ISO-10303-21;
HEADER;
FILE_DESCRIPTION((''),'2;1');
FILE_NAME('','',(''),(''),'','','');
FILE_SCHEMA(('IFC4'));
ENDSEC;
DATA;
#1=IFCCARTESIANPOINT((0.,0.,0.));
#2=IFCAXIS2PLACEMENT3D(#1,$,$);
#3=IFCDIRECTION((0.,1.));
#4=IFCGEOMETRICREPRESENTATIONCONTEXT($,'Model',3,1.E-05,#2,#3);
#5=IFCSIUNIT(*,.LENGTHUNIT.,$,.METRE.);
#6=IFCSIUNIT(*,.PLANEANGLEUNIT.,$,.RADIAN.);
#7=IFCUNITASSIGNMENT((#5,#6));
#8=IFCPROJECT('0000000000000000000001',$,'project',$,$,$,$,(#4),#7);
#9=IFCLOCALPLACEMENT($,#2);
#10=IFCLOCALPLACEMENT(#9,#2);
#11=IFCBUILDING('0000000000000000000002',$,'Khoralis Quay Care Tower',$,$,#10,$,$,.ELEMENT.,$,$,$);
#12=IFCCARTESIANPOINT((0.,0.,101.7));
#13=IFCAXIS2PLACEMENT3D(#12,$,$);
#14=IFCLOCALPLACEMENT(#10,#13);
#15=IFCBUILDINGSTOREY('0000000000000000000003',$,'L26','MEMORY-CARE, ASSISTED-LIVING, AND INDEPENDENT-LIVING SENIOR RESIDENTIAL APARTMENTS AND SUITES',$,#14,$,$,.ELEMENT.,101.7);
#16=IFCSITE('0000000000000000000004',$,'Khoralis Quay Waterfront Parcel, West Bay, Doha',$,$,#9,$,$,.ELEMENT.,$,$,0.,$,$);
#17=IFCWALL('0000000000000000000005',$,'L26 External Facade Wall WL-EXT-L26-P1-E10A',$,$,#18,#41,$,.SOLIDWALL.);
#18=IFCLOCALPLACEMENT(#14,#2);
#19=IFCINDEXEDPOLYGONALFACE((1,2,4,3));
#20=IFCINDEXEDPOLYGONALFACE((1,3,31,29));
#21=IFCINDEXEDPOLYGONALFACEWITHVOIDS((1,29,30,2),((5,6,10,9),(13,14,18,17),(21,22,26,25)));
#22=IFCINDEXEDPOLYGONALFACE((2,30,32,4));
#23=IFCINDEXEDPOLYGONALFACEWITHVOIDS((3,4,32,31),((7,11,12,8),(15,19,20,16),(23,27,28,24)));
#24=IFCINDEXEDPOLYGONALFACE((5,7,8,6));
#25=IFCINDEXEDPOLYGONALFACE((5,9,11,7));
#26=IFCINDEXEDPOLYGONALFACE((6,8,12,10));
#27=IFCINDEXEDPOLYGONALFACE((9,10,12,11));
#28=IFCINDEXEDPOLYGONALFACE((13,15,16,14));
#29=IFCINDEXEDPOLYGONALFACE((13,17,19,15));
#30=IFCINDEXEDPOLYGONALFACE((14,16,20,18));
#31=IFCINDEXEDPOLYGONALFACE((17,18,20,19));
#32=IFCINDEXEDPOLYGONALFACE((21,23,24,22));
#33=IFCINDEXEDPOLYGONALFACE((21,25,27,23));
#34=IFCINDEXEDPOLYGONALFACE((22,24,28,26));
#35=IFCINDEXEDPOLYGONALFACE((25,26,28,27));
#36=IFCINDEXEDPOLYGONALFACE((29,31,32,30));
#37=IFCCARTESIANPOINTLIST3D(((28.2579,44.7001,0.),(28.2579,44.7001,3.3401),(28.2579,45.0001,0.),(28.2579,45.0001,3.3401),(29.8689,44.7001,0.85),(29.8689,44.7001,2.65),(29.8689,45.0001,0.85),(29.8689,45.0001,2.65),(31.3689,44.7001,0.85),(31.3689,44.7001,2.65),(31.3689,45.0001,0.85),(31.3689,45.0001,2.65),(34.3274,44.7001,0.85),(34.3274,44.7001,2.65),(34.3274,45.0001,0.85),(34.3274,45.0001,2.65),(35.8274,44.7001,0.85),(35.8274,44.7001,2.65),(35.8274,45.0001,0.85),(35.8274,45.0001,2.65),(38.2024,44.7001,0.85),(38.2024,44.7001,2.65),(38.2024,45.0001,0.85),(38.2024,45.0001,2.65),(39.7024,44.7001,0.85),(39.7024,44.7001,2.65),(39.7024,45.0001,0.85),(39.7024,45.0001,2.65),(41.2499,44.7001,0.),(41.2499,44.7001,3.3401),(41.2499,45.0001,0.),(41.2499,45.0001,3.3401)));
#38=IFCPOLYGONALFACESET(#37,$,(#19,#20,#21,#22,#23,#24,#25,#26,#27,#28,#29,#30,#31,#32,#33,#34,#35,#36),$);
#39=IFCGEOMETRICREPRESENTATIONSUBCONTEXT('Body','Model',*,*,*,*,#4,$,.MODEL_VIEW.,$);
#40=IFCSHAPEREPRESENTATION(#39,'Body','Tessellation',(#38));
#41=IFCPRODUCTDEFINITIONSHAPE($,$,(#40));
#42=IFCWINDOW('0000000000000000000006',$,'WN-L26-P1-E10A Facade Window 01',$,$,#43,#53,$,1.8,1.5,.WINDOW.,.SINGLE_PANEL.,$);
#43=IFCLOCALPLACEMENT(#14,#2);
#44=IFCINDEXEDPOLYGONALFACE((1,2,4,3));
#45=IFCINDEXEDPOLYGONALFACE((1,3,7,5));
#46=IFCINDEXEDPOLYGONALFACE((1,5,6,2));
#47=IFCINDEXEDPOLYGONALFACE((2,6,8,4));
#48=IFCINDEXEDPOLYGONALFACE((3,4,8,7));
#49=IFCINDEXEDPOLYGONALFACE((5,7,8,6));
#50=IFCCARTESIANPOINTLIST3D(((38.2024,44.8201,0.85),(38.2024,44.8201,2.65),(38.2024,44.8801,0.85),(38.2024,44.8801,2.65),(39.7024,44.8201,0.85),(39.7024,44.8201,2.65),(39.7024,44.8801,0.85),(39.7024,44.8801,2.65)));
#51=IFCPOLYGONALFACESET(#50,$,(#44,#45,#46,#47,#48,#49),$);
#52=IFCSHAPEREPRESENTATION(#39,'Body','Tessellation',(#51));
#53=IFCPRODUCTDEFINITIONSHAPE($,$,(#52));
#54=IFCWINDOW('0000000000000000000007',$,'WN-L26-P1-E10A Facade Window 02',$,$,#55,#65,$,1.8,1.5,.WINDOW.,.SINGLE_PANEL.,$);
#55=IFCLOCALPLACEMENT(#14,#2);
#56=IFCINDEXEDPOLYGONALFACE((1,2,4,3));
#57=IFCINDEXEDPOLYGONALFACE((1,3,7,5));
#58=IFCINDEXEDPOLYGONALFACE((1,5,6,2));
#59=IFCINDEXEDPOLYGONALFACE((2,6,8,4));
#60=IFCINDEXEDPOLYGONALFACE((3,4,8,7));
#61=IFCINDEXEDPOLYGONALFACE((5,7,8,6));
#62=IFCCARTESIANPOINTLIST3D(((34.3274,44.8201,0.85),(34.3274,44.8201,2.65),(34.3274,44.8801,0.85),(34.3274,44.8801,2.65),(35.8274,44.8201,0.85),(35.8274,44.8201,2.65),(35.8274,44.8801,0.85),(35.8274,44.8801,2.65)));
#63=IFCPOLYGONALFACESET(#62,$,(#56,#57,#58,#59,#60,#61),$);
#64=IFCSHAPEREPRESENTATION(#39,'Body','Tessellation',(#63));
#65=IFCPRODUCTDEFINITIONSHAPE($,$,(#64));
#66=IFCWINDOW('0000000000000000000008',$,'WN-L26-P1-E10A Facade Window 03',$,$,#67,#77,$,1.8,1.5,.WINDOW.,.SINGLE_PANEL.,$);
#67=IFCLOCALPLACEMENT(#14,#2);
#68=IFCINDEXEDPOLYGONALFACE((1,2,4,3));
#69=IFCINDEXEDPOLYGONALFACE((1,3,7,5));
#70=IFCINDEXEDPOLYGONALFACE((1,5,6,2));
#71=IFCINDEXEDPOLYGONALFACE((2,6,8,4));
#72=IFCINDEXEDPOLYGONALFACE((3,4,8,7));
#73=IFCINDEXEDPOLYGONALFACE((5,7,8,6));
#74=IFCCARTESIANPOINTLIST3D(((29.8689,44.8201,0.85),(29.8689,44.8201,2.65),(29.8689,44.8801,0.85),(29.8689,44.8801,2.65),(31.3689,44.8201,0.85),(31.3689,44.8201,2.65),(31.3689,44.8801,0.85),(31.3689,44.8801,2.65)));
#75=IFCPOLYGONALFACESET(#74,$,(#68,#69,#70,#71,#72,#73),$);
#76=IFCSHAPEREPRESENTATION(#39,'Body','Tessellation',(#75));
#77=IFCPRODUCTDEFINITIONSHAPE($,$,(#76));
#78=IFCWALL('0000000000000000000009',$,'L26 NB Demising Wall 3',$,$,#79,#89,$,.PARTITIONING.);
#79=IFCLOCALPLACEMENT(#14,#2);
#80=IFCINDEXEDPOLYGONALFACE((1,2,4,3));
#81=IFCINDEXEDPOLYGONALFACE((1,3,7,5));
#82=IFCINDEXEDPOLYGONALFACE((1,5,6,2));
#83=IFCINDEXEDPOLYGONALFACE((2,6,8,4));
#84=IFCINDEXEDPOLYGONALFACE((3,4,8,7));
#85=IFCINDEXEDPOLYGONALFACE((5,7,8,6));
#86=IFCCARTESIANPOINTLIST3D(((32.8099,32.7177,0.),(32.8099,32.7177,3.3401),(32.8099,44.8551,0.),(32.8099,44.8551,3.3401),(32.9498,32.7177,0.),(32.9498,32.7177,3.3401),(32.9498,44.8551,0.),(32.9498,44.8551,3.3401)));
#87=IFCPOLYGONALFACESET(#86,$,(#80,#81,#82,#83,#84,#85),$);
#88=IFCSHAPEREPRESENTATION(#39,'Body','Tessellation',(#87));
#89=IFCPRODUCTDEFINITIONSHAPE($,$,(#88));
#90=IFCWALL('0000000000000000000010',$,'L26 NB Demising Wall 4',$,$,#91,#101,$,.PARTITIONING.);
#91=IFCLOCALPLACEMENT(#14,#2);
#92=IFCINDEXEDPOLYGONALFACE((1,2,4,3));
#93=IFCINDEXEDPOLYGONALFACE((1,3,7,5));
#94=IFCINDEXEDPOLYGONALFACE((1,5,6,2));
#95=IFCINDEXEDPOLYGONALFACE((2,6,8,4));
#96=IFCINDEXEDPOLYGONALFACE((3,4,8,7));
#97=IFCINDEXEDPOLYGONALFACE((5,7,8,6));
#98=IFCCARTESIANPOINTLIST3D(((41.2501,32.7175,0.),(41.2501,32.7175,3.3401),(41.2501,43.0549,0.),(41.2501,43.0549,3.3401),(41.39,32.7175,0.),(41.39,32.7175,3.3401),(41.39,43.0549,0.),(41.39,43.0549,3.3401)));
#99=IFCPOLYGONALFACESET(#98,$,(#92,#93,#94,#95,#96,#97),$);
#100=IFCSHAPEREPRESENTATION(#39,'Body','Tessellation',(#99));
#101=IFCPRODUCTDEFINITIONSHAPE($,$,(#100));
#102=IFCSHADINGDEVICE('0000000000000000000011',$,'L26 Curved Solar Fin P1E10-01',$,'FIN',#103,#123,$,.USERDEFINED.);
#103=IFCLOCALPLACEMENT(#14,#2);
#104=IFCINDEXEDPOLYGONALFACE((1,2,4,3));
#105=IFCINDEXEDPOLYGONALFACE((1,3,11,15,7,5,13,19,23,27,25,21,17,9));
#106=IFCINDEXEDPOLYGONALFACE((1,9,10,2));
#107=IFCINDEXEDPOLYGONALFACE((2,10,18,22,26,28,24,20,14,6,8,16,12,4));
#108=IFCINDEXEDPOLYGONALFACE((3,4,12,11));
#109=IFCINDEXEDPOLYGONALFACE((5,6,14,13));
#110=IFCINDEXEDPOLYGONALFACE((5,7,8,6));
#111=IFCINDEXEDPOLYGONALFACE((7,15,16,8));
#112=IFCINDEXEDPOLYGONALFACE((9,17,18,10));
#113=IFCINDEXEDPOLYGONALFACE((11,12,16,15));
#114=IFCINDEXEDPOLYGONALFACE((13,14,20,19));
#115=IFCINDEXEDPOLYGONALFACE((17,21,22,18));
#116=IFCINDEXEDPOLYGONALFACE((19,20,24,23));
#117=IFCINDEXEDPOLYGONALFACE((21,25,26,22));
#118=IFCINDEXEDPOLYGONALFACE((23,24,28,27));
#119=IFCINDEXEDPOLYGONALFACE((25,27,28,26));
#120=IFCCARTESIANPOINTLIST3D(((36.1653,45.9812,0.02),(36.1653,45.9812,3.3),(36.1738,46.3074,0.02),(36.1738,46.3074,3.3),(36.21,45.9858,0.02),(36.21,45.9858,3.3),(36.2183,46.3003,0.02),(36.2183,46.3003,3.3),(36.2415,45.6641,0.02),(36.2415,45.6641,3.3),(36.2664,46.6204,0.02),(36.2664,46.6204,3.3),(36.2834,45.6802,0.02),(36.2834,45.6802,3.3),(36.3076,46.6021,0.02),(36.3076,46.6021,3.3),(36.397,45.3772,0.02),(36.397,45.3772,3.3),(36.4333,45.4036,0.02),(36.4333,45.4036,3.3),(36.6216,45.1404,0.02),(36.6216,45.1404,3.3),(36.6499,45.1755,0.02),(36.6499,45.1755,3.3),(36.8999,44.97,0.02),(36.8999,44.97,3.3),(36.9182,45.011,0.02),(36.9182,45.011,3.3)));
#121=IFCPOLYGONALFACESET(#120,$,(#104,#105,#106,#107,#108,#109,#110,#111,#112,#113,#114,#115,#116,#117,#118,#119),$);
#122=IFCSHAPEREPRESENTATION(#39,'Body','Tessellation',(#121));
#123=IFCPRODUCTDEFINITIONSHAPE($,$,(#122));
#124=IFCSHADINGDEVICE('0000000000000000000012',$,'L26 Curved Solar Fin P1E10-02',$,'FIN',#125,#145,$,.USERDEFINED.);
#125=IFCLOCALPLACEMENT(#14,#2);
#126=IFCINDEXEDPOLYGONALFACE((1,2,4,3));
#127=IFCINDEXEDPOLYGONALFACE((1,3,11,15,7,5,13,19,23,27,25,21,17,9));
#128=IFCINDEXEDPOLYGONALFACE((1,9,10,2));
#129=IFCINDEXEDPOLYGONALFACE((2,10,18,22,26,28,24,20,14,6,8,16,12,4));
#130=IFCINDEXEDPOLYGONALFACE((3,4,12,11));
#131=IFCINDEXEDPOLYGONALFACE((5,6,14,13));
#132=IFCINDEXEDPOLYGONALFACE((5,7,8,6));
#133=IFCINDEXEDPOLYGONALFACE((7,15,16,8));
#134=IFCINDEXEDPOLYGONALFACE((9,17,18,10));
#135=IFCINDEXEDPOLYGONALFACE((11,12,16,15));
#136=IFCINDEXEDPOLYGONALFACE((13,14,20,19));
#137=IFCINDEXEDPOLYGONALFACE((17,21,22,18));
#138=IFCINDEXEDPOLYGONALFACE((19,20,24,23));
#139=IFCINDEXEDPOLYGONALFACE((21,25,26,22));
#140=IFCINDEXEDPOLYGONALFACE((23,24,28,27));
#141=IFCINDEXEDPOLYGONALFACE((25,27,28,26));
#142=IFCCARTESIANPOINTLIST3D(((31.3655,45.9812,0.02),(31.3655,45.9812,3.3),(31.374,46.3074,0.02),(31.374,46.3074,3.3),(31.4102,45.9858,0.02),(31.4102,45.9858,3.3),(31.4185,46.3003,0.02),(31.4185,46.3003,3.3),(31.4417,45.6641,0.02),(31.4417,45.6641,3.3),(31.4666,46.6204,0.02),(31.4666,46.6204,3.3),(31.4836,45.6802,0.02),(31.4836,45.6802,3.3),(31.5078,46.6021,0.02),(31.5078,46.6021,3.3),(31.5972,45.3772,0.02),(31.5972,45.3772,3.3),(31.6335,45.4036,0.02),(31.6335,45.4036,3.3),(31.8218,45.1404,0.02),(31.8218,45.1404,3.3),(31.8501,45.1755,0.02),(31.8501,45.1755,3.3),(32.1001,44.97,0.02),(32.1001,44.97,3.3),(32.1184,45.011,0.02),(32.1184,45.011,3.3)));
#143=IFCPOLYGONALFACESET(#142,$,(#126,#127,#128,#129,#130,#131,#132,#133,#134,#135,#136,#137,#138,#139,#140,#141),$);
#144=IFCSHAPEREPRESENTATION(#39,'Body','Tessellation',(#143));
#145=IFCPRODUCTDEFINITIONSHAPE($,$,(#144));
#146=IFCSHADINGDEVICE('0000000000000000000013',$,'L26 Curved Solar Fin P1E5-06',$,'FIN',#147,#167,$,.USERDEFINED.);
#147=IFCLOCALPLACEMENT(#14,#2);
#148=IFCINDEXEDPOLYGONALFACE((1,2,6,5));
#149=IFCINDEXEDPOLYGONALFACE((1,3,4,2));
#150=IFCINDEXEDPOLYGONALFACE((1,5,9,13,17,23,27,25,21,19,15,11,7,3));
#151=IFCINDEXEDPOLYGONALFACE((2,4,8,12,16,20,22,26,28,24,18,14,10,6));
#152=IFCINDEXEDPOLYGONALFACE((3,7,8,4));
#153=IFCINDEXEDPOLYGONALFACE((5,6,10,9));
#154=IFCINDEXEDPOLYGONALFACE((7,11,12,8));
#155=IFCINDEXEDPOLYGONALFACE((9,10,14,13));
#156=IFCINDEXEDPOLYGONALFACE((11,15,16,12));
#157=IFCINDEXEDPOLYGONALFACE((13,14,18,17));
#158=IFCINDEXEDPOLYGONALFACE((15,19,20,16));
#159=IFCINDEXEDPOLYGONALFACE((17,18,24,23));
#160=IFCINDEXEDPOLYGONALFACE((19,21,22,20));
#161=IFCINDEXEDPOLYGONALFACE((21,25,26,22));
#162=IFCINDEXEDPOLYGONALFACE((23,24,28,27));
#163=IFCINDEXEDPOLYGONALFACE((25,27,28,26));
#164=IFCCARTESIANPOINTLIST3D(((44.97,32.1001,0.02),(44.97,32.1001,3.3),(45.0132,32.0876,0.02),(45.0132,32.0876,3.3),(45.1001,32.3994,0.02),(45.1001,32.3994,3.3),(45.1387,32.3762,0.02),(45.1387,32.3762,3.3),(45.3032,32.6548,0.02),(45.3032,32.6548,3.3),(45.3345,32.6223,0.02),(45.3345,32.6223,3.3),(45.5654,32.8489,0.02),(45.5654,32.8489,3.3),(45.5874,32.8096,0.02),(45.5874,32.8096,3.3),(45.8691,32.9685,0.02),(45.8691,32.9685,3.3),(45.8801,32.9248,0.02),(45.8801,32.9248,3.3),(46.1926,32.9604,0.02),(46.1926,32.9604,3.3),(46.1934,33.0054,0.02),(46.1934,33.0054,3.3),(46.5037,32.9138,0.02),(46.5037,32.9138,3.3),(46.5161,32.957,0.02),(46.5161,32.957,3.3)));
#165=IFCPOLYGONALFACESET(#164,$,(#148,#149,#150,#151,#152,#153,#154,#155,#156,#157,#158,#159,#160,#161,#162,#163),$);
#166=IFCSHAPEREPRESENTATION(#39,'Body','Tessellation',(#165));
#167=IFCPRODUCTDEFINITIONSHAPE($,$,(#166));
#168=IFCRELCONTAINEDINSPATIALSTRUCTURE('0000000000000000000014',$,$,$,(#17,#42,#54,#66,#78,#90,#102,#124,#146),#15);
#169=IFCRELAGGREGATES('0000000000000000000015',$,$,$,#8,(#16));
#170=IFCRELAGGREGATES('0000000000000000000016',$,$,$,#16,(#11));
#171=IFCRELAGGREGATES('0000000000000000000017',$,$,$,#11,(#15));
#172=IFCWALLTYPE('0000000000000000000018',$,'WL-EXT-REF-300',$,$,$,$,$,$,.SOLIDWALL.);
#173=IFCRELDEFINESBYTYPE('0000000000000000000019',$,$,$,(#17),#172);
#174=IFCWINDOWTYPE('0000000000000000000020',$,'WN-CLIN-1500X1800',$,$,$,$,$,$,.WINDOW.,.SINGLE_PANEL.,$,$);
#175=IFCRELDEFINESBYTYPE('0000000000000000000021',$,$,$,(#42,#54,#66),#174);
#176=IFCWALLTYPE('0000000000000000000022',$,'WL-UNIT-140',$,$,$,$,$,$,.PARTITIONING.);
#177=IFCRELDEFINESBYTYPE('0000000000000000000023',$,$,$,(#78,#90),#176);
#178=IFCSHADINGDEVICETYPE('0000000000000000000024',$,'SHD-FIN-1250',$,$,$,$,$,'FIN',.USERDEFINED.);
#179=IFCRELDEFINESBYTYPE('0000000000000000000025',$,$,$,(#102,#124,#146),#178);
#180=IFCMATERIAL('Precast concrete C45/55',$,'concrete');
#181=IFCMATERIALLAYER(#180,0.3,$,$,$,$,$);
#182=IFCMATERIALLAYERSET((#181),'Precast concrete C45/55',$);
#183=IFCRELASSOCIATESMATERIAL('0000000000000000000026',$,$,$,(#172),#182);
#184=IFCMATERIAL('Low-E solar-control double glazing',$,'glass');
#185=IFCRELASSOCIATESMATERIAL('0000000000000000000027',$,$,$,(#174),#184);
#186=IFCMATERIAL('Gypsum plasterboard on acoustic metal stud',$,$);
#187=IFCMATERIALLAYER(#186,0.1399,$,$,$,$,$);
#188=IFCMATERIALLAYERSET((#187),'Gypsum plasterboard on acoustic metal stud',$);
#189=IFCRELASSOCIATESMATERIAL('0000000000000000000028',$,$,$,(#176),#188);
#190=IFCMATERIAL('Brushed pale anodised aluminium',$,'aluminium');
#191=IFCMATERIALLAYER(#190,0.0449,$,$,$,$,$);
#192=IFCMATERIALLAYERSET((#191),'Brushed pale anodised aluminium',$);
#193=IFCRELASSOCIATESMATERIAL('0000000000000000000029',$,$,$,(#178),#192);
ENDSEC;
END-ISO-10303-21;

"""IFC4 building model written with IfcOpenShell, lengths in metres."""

from ifc_helpers import new_model, si_unit, direction, frame, frame_2d, origin, place, context, subcontext, project, spatial, polyline, rectangle, outline, extrude, source, transform, mapped, material, layer, layer_set, type_object, element, fill, save


model = new_model("IFC4")

# Units and contexts
model_context = context("Model", 3, precision=1e-05, world=origin(), true_north=direction((0.0, 1.0)))
body_context = subcontext(model_context, "Body", "Model", "MODEL_VIEW")
ifc_project = project(units=[si_unit("LENGTHUNIT", "METRE"), si_unit("PLANEANGLEUNIT", "RADIAN")], contexts=[model_context])

# Site, building, storey
site_placement = place(None, origin())
site = spatial("IfcSite", under=ifc_project, at=site_placement, Name="Khoralis Quay Waterfront Parcel, West Bay, Doha", CompositionType="ELEMENT", RefElevation=0.0)
building_placement = place(site_placement, origin())
building = spatial("IfcBuilding", under=site, at=building_placement, Name="Khoralis Quay Care Tower", CompositionType="ELEMENT")
storey_placement = place(building_placement, frame((0.0, 0.0, 101.7)))
storey = spatial("IfcBuildingStorey", under=building, at=storey_placement, Name="L26", Description="MEMORY-CARE, ASSISTED-LIVING, AND INDEPENDENT-LIVING SENIOR RESIDENTIAL APARTMENTS AND SUITES", CompositionType="ELEMENT", Elevation=101.7)

# Shared definitions
ifc_material_1 = material(Name="Gypsum plasterboard on acoustic metal stud")

# Shared definitions
ifc_material_2 = material(Name="Precast concrete C45/55", Category="concrete")
ifc_layer_1 = layer(ifc_material_2, 0.3)
ifc_layer_set_1 = layer_set([ifc_layer_1], Name="Precast concrete C45/55")
wall_type_1 = type_object("IfcWallType", Name="WL-EXT-REF-300", PredefinedType="SOLIDWALL", material=ifc_layer_set_1)

# Wall, openings, windows
wall_1_placement = place(storey_placement, frame((41.25, 44.8501, 0.0), z_axis=(0.0, 0.0, 1.0), x_axis=(-1.0, 0.0, 0.0)))
wall_1 = element("IfcWall", 1, at=wall_1_placement, inside=storey, type_object=wall_type_1, Name="L26 External Facade Wall WL-EXT-L26-P1-E10A", PredefinedType="SOLIDWALL", context=body_context, shape_type="SweptSolid", body=[
    extrude(rectangle(XDim=12.9919, YDim=0.3, at=frame_2d((6.4961, 0.0))), origin(), (0.0, 0.0, 1.0), 3.3401),
])
opening_1_placement = place(wall_1_placement, frame((1.5476, 0.0, 0.8501)))
opening_1 = element("IfcOpeningElement", 2, at=opening_1_placement, cuts=wall_1, PredefinedType="OPENING", context=body_context, shape_type="SweptSolid", body=[
    extrude(rectangle(XDim=1.5, YDim=1.8, at=frame_2d((0.75, 0.8999))), frame((0.0, 0.1602, 0.0), z_axis=(0.0, -1.0, 0.0), x_axis=(1.0, 0.0, 0.0)), (0.0, 0.0, 1.0), 0.3201),
])
opening_2_placement = place(wall_1_placement, frame((5.4226, 0.0, 0.8501)))
opening_2 = element("IfcOpeningElement", 3, at=opening_2_placement, cuts=wall_1, PredefinedType="OPENING", context=body_context, shape_type="SweptSolid", body=[
    extrude(rectangle(XDim=1.5, YDim=1.8, at=frame_2d((0.75, 0.8999))), frame((0.0, 0.1602, 0.0), z_axis=(0.0, -1.0, 0.0), x_axis=(1.0, 0.0, 0.0)), (0.0, 0.0, 1.0), 0.3201),
])
opening_3_placement = place(wall_1_placement, frame((9.8811, 0.0, 0.8501)))
opening_3 = element("IfcOpeningElement", 4, at=opening_3_placement, cuts=wall_1, PredefinedType="OPENING", context=body_context, shape_type="SweptSolid", body=[
    extrude(rectangle(XDim=1.5, YDim=1.8, at=frame_2d((0.75, 0.8999))), frame((0.0, 0.1602, 0.0), z_axis=(0.0, -1.0, 0.0), x_axis=(1.0, 0.0, 0.0)), (0.0, 0.0, 1.0), 0.3201),
])
ifc_material_3 = material(Name="Low-E solar-control double glazing", Category="glass")
window_type = type_object("IfcWindowType", Name="WN-CLIN-1500X1800", PartitioningType="SINGLE_PANEL", PredefinedType="WINDOW", material=ifc_material_3)
shared_shape_1 = source(origin(), body_context, "Body", "SweptSolid", [
    extrude(rectangle(XDim=1.5, YDim=1.8, at=frame_2d((0.75, 0.8999))), frame((0.0, 0.03, 0.0), z_axis=(0.0, -1.0, 0.0), x_axis=(1.0, 0.0, 0.0)), (0.0, 0.0, 1.0), 0.0601),
])
window_1_placement = place(opening_1_placement, origin())
window_1 = element("IfcWindow", 5, at=window_1_placement, inside=storey, type_object=window_type, Name="WN-L26-P1-E10A Facade Window 01", OverallHeight=1.8, OverallWidth=1.5, PartitioningType="SINGLE_PANEL", PredefinedType="WINDOW", context=body_context, shape_type="MappedRepresentation", body=[
    mapped(shared_shape_1, transform((0.0, 0.0, 0.0), scale=1.0)),
])
fill(opening_1, window_1)
window_2_placement = place(opening_2_placement, origin())
window_2 = element("IfcWindow", 6, at=window_2_placement, inside=storey, type_object=window_type, Name="WN-L26-P1-E10A Facade Window 02", OverallHeight=1.8, OverallWidth=1.5, PartitioningType="SINGLE_PANEL", PredefinedType="WINDOW", context=body_context, shape_type="MappedRepresentation", body=[
    mapped(shared_shape_1, transform((0.0, 0.0, 0.0), scale=1.0)),
])
fill(opening_2, window_2)
window_3_placement = place(opening_3_placement, origin())
window_3 = element("IfcWindow", 7, at=window_3_placement, inside=storey, type_object=window_type, Name="WN-L26-P1-E10A Facade Window 03", OverallHeight=1.8, OverallWidth=1.5, PartitioningType="SINGLE_PANEL", PredefinedType="WINDOW", context=body_context, shape_type="MappedRepresentation", body=[
    mapped(shared_shape_1, transform((0.0, 0.0, 0.0), scale=1.0)),
])
fill(opening_3, window_3)

# Walls
ifc_layer_2 = layer(ifc_material_1, 0.1399)
ifc_layer_set_2 = layer_set([ifc_layer_2], Name="Gypsum plasterboard on acoustic metal stud")
wall_type_2 = type_object("IfcWallType", Name="WL-UNIT-140", PredefinedType="PARTITIONING", material=ifc_layer_set_2)
wall_2_placement = place(storey_placement, frame((32.8799, 32.7175, 0.0), z_axis=(0.0, 0.0, 1.0), x_axis=(0.0, 1.0, 0.0)))
element("IfcWall", 8, at=wall_2_placement, inside=storey, type_object=wall_type_2, Name="L26 NB Demising Wall 3", PredefinedType="PARTITIONING", context=body_context, shape_type="SweptSolid", body=[
    extrude(rectangle(XDim=12.1375, YDim=0.1399, at=frame_2d((6.0688, 0.0))), origin(), (0.0, 0.0, 1.0), 3.3401),
])
wall_3_placement = place(storey_placement, frame((41.3201, 32.7175, 0.0), z_axis=(0.0, 0.0, 1.0), x_axis=(0.0, 1.0, 0.0)))
element("IfcWall", 9, at=wall_3_placement, inside=storey, type_object=wall_type_2, Name="L26 NB Demising Wall 4", PredefinedType="PARTITIONING", context=body_context, shape_type="SweptSolid", body=[
    extrude(rectangle(XDim=10.3374, YDim=0.1399, at=frame_2d((5.1687, 0.0))), origin(), (0.0, 0.0, 1.0), 3.3401),
])

# Shading devices
ifc_material_4 = material(Name="Brushed pale anodised aluminium", Category="aluminium")
ifc_layer_3 = layer(ifc_material_4, 0.0449)
ifc_layer_set_3 = layer_set([ifc_layer_3], Name="Brushed pale anodised aluminium")
shading_device_type = type_object("IfcShadingDeviceType", Name="SHD-FIN-1250", ElementType="FIN", PredefinedType="USERDEFINED", material=ifc_layer_set_3)
shared_shape_2 = source(origin(), body_context, "Body", "SweptSolid", [
    extrude(outline(polyline([(0.0, 0.0), (0.1704, 0.2783), (0.4072, 0.5029), (0.6941, 0.6584), (1.0112, 0.7346), (1.3374, 0.7261), (1.6504, 0.6335), (1.6321, 0.5923), (1.3303, 0.6816), (1.0159, 0.6899), (0.7102, 0.6165), (0.4336, 0.4666), (0.2056, 0.25), (0.041, -0.0183), (0.0, 0.0)])), origin(), (0.0, 0.0, 1.0), 3.28),
])
for number, where, z_axis, x_axis, name in (
    (10, (36.8999, 44.97, 0.02), (0.0, 0.0, 1.0), (0.0, 1.0, 0.0), "L26 Curved Solar Fin P1E10-01"),
    (11, (32.1001, 44.97, 0.02), (0.0, 0.0, 1.0), (0.0, 1.0, 0.0), "L26 Curved Solar Fin P1E10-02"),
):
    element("IfcShadingDevice", number, at=place(storey_placement, frame(where, z_axis=z_axis, x_axis=x_axis)), inside=storey, type_object=shading_device_type, Name=name, ObjectType="FIN", PredefinedType="USERDEFINED", context=body_context, shape_type="MappedRepresentation", body=[
        mapped(shared_shape_2, transform((0.0, 0.0, 0.0), scale=1.0)),
    ])
shared_shape_3 = source(origin(), body_context, "Body", "SweptSolid", [
    extrude(outline(polyline([(0.0, 0.0), (0.1301, 0.2993), (0.3333, 0.5547), (0.5955, 0.7488), (0.8992, 0.8684), (1.2234, 0.9053), (1.5461, 0.8569), (1.5337, 0.8137), (1.2227, 0.8604), (0.9102, 0.8247), (0.6174, 0.7095), (0.3645, 0.5222), (0.1687, 0.2761), (0.0432, -0.0125), (0.0, 0.0)])), origin(), (0.0, 0.0, 1.0), 3.28),
])
for number, where, z_axis, x_axis, name in (
    (12, (44.97, 32.1001, 0.02), (0.0, 0.0, 1.0), (1.0, 0.0, 0.0), "L26 Curved Solar Fin P1E5-06"),
):
    element("IfcShadingDevice", number, at=place(storey_placement, frame(where, z_axis=z_axis, x_axis=x_axis)), inside=storey, type_object=shading_device_type, Name=name, ObjectType="FIN", PredefinedType="USERDEFINED", context=body_context, shape_type="MappedRepresentation", body=[
        mapped(shared_shape_3, transform((0.0, 0.0, 0.0), scale=1.0)),
    ])

save(model, "model.ifc")
